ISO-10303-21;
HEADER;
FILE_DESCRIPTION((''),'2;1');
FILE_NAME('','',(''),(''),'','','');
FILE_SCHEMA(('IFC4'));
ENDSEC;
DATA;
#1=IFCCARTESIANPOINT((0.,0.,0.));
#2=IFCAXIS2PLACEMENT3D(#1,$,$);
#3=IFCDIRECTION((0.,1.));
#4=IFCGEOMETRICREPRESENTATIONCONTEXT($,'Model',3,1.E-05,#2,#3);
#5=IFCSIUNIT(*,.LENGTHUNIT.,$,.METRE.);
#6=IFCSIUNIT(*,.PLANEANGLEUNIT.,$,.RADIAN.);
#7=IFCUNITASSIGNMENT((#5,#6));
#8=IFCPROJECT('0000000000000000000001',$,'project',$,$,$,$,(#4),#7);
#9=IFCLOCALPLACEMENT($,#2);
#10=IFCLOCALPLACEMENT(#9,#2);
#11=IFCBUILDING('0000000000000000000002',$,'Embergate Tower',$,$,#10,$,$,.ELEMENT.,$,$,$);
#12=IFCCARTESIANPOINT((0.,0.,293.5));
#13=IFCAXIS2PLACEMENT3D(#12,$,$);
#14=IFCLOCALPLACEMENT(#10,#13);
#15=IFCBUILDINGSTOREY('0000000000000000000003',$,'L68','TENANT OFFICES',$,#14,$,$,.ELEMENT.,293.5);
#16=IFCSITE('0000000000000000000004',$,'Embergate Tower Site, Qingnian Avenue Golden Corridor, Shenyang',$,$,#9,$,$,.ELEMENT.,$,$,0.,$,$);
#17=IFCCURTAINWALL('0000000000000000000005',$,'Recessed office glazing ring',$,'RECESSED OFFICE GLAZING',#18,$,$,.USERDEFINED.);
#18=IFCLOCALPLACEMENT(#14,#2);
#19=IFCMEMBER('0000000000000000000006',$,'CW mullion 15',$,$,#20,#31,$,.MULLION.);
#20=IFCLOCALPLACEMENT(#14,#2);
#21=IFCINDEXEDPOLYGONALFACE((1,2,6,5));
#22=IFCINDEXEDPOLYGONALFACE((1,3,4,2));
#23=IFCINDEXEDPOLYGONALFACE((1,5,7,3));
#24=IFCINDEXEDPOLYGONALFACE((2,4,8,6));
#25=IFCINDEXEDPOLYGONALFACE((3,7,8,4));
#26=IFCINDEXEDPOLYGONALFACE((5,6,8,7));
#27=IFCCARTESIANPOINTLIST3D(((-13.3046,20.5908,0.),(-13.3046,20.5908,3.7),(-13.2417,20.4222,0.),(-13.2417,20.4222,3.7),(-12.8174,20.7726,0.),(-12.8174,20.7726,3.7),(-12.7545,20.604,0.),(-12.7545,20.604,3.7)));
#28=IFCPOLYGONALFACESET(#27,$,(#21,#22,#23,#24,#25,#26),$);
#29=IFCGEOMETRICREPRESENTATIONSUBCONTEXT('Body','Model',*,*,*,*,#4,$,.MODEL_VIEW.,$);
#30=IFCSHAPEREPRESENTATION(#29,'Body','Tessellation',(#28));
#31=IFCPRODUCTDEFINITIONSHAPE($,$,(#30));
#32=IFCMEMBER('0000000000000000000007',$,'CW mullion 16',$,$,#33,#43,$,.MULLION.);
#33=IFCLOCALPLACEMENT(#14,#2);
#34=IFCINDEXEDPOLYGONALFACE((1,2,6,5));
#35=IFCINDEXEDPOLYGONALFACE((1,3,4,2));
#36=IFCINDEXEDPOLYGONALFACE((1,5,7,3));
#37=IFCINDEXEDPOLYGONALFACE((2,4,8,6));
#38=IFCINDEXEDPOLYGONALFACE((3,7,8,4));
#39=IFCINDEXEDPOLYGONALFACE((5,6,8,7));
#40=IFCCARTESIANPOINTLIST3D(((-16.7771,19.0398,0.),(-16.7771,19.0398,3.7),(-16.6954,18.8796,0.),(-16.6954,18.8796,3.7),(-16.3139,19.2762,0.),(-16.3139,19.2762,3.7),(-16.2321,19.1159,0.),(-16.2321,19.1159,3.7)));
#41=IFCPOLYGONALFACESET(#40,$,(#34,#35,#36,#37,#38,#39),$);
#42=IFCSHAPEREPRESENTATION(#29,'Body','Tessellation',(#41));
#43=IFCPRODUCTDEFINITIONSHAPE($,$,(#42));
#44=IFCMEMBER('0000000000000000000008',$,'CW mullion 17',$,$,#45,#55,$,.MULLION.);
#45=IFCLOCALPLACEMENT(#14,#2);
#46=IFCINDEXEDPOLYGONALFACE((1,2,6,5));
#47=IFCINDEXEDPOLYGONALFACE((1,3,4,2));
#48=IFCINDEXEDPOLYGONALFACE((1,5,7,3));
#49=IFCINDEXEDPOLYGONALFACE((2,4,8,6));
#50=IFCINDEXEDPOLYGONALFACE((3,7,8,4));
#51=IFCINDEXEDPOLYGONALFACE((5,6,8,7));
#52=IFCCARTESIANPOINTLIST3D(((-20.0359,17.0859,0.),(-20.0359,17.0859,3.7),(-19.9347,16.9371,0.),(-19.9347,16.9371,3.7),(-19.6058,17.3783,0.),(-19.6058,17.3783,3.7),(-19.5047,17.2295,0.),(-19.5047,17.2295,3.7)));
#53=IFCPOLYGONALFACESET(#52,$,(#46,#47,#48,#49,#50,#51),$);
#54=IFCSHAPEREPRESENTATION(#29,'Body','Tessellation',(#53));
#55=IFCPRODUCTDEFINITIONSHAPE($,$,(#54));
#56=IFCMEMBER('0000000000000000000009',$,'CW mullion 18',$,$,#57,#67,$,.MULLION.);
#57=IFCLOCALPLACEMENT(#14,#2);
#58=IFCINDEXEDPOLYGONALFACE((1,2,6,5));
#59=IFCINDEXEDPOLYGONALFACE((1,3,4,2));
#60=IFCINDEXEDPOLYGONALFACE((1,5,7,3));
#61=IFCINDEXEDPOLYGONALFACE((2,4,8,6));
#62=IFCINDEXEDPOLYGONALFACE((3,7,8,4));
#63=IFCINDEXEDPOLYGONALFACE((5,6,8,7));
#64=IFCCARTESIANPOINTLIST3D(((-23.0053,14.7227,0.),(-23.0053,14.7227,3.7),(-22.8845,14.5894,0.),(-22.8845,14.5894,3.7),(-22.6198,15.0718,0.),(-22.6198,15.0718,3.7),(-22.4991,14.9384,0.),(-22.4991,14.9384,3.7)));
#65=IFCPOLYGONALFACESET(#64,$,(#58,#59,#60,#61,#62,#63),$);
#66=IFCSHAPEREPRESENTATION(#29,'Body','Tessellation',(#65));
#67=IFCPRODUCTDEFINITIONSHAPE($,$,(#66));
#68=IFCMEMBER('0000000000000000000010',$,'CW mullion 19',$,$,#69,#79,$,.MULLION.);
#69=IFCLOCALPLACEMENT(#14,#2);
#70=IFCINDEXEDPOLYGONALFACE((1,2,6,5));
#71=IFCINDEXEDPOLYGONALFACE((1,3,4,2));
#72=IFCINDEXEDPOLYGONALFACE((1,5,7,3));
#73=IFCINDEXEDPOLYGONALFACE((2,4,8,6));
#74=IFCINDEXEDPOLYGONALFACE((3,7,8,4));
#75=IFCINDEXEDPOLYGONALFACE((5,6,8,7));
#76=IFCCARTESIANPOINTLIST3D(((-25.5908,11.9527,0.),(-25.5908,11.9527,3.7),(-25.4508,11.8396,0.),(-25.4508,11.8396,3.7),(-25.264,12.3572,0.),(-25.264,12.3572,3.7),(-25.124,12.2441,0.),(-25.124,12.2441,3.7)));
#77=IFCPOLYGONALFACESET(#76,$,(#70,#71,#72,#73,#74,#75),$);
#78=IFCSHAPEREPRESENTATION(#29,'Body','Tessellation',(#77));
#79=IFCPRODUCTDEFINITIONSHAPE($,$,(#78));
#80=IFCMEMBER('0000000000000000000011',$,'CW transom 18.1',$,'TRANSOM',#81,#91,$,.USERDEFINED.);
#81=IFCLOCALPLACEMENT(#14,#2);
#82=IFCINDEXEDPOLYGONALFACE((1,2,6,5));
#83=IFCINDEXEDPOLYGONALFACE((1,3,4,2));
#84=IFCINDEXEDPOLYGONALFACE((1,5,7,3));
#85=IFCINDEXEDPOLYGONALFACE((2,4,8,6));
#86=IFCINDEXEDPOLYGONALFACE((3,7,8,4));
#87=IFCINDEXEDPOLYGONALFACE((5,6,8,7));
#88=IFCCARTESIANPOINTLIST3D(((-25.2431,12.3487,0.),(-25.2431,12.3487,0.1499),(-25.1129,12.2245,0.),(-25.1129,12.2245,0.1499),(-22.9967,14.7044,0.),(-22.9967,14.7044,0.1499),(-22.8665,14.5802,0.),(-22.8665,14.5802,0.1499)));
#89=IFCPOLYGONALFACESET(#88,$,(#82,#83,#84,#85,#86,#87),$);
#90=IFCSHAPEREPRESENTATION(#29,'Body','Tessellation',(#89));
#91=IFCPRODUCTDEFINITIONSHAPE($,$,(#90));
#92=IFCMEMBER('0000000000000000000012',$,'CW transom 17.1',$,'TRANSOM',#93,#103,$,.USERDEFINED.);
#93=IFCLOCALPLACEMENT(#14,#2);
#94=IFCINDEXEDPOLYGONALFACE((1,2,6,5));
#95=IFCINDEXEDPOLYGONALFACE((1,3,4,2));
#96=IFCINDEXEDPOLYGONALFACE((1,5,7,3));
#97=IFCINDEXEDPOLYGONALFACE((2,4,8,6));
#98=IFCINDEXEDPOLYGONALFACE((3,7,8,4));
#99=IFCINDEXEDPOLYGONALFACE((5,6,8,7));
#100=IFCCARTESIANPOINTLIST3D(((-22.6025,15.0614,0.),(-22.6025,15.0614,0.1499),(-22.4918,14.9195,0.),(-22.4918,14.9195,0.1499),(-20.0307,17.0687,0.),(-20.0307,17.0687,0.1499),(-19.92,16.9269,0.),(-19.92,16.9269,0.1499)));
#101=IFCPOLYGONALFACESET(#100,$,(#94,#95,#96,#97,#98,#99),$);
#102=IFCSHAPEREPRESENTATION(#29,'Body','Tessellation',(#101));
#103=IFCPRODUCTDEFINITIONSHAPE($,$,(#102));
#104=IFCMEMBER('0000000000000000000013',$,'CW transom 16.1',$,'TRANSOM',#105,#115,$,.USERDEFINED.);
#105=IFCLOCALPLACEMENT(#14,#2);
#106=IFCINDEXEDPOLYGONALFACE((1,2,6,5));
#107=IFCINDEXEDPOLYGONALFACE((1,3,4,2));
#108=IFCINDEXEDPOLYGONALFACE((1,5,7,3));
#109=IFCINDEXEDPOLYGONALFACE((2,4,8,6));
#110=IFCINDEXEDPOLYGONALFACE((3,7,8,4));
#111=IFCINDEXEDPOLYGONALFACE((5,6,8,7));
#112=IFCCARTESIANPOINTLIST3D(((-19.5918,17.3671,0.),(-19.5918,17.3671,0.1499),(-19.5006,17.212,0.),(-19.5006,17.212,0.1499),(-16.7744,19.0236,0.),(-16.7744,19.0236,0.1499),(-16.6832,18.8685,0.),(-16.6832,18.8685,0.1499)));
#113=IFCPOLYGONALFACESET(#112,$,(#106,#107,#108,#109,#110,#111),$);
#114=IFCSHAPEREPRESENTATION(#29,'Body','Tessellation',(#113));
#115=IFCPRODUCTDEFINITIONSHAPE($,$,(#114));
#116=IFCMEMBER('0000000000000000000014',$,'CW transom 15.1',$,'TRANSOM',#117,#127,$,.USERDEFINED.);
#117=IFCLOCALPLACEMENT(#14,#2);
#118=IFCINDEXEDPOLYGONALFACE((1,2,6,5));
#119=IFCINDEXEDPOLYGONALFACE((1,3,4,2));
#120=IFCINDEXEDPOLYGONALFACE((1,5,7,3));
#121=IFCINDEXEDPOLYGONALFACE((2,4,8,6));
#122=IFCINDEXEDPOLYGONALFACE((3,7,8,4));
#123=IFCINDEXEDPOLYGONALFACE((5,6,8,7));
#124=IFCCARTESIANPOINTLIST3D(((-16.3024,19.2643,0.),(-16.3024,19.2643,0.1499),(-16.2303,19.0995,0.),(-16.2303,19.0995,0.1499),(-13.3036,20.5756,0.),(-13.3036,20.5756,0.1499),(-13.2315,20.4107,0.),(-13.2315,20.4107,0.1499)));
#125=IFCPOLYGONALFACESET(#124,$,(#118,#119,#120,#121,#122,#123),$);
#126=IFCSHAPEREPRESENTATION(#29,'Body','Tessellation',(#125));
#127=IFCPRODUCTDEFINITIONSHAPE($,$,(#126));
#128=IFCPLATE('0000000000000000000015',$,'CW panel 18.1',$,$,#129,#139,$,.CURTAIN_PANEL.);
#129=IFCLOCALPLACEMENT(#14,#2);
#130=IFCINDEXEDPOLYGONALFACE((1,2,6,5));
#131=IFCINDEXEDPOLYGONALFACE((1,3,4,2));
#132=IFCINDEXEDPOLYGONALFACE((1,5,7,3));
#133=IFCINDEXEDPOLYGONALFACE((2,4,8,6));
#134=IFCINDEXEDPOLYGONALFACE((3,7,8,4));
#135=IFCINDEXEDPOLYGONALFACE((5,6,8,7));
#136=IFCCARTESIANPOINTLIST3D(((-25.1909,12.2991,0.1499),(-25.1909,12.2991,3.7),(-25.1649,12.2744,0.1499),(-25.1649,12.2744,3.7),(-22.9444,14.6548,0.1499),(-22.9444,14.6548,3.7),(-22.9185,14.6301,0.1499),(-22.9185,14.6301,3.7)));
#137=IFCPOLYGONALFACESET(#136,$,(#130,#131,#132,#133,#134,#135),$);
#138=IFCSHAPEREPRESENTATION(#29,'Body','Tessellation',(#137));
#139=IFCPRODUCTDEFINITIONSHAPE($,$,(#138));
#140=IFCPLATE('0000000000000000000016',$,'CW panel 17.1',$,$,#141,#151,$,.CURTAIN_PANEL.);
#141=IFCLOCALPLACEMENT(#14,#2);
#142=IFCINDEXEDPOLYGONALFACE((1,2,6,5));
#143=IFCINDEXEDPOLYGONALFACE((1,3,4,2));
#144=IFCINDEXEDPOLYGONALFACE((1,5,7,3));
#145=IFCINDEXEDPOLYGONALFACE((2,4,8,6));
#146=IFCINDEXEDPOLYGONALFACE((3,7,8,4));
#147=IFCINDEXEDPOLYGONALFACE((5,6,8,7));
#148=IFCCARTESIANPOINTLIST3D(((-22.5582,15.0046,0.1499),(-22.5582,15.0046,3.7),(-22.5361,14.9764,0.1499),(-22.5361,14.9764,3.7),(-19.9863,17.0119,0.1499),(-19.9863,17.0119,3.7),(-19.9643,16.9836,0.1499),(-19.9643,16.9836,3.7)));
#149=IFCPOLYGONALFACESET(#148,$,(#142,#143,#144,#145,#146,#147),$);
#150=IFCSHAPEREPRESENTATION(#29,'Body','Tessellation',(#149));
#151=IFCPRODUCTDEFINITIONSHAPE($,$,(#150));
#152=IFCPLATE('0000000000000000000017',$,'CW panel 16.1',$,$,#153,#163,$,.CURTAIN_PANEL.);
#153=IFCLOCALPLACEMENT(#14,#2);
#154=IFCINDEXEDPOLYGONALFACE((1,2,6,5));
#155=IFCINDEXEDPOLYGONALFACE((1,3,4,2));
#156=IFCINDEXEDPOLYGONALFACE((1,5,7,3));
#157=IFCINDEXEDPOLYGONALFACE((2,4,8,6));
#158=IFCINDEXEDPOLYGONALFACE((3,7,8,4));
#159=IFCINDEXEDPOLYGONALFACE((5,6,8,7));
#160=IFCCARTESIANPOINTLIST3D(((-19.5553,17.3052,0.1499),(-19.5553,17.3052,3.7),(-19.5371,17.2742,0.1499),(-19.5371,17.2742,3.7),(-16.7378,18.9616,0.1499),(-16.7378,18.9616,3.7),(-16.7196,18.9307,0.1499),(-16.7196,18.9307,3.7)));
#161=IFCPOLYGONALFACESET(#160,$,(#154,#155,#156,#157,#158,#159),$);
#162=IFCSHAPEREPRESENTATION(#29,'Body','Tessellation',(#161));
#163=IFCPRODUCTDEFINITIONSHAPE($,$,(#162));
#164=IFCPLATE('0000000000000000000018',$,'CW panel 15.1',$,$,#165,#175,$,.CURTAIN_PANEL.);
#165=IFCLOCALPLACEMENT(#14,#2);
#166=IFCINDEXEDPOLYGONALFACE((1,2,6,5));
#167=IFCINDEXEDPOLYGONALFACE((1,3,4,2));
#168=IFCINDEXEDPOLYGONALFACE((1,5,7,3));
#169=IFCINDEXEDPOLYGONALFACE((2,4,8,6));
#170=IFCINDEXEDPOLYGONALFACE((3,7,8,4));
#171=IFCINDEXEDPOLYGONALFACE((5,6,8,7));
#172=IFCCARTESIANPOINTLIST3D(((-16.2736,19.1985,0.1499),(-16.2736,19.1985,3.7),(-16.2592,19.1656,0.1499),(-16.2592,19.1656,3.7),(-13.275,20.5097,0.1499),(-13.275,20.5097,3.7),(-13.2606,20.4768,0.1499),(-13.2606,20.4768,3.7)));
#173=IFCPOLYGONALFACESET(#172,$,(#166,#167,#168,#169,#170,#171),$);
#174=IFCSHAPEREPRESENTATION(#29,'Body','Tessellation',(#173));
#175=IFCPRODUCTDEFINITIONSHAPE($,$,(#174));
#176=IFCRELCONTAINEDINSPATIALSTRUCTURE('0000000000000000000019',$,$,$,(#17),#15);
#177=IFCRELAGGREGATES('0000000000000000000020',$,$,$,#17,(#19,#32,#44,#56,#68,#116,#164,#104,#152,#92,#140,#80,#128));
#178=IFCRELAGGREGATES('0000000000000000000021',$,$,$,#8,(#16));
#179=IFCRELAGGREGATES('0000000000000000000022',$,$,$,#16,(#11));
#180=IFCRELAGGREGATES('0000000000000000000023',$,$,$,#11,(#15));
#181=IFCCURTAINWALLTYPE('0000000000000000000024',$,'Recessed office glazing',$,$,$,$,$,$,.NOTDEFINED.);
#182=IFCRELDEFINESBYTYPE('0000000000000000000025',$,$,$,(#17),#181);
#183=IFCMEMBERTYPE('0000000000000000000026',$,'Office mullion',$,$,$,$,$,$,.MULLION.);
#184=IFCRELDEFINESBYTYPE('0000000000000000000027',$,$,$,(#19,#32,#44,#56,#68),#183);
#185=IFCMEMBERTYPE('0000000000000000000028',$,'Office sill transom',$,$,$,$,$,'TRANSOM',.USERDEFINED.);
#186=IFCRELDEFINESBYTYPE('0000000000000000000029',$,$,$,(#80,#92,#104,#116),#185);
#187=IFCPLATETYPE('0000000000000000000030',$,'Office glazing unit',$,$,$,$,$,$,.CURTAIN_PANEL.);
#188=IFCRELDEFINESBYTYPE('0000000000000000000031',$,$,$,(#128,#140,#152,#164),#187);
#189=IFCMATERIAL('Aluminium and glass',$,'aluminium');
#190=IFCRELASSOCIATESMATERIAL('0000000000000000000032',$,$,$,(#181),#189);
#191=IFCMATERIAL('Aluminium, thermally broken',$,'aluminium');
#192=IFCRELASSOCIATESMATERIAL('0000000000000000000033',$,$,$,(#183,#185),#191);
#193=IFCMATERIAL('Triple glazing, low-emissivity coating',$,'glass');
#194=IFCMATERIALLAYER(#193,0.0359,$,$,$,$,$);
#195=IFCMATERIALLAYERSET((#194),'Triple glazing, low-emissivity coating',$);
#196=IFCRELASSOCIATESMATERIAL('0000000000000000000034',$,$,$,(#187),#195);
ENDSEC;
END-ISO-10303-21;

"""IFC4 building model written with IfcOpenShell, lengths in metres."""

from ifc_helpers import new_model, si_unit, direction, frame, origin, origin_2d, place, context, subcontext, project, spatial, rectangle, extrude, source, transform, mapped, material, layer, layer_set, material_profile, profile_set, type_object, element, aggregate, save


model = new_model("IFC4")

# Units and contexts
model_context = context("Model", 3, precision=1e-05, world=origin(), true_north=direction((0.0, 1.0)))
body_context = subcontext(model_context, "Body", "Model", "MODEL_VIEW")
ifc_project = project(units=[si_unit("LENGTHUNIT", "METRE"), si_unit("PLANEANGLEUNIT", "RADIAN")], contexts=[model_context])

# Site, building, storey
site_placement = place(None, origin())
site = spatial("IfcSite", under=ifc_project, at=site_placement, Name="Embergate Tower Site, Qingnian Avenue Golden Corridor, Shenyang", CompositionType="ELEMENT", RefElevation=0.0)
building_placement = place(site_placement, origin())
building = spatial("IfcBuilding", under=site, at=building_placement, Name="Embergate Tower", CompositionType="ELEMENT")
storey_placement = place(building_placement, frame((0.0, 0.0, 293.5)))
storey = spatial("IfcBuildingStorey", under=building, at=storey_placement, Name="L68", Description="TENANT OFFICES", CompositionType="ELEMENT", Elevation=293.5)

# Curtain wall, members, plates
ifc_material_1 = material(Name="Aluminium and glass", Category="aluminium")
curtain_wall_type = type_object("IfcCurtainWallType", Name="Recessed office glazing", PredefinedType="NOTDEFINED", material=ifc_material_1)
curtain_wall_placement = place(storey_placement, origin())
curtain_wall = element("IfcCurtainWall", 1, at=curtain_wall_placement, inside=storey, type_object=curtain_wall_type, Name="Recessed office glazing ring", ObjectType="RECESSED OFFICE GLAZING", PredefinedType="USERDEFINED")
ifc_material_2 = material(Name="Aluminium, thermally broken", Category="aluminium")
ifc_material_profile_1 = material_profile(ifc_material_2, rectangle(XDim=0.1799, YDim=0.52, at=origin_2d()), Name="AL 520x180")
ifc_profile_set_1 = profile_set([ifc_material_profile_1], Name="Aluminium, thermally broken")
member_type_1 = type_object("IfcMemberType", Name="Office mullion", PredefinedType="MULLION", material=ifc_profile_set_1)
shared_shape_1 = source(origin(), body_context, "Body", "SweptSolid", [
    extrude(rectangle(XDim=0.1799, YDim=0.52, at=origin_2d()), origin(), (0.0, 0.0, 1.0), 3.7),
])
member_1_placement = place(storey_placement, frame((-13.0295, 20.5974, 0.0), z_axis=(0.0, 0.0, 1.0), x_axis=(0.349501, -0.936936, 0.0)))
member_1 = element("IfcMember", 2, at=member_1_placement, type_object=member_type_1, Name="CW mullion 15", PredefinedType="MULLION", context=body_context, shape_type="MappedRepresentation", body=[
    mapped(shared_shape_1, transform((0.0, 0.0, 0.0))),
])
member_2_placement = place(storey_placement, frame((-16.5046, 19.0779, 0.0), z_axis=(0.0, 0.0, 1.0), x_axis=(0.454508, -0.890743, 0.0)))
member_2 = element("IfcMember", 3, at=member_2_placement, type_object=member_type_1, Name="CW mullion 16", PredefinedType="MULLION", context=body_context, shape_type="MappedRepresentation", body=[
    mapped(shared_shape_1, transform((0.0, 0.0, 0.0))),
])
member_3_placement = place(storey_placement, frame((-19.7703, 17.1577, 0.0), z_axis=(0.0, 0.0, 1.0), x_axis=(0.562212, -0.826993, 0.0)))
member_3 = element("IfcMember", 4, at=member_3_placement, type_object=member_type_1, Name="CW mullion 17", PredefinedType="MULLION", context=body_context, shape_type="MappedRepresentation", body=[
    mapped(shared_shape_1, transform((0.0, 0.0, 0.0))),
])
member_4_placement = place(storey_placement, frame((-22.7522, 14.8306, 0.0), z_axis=(0.0, 0.0, 1.0), x_axis=(0.67122, -0.741258, 0.0)))
member_4 = element("IfcMember", 5, at=member_4_placement, type_object=member_type_1, Name="CW mullion 18", PredefinedType="MULLION", context=body_context, shape_type="MappedRepresentation", body=[
    mapped(shared_shape_1, transform((0.0, 0.0, 0.0))),
])
member_5_placement = place(storey_placement, frame((-25.3574, 12.0984, 0.0), z_axis=(0.0, 0.0, 1.0), x_axis=(0.777864, -0.628433, 0.0)))
member_5 = element("IfcMember", 6, at=member_5_placement, type_object=member_type_1, Name="CW mullion 19", PredefinedType="MULLION", context=body_context, shape_type="MappedRepresentation", body=[
    mapped(shared_shape_1, transform((0.0, 0.0, 0.0))),
])
ifc_material_profile_2 = material_profile(ifc_material_2, rectangle(XDim=0.1799, YDim=0.1499, at=origin_2d()), Name="AL 150x180")
ifc_profile_set_2 = profile_set([ifc_material_profile_2], Name="Aluminium, thermally broken")
member_type_2 = type_object("IfcMemberType", Name="Office sill transom", ElementType="TRANSOM", PredefinedType="USERDEFINED", material=ifc_profile_set_2)
shared_shape_2 = source(origin(), body_context, "Body", "SweptSolid", [
    extrude(rectangle(XDim=0.1799, YDim=0.1499, at=origin_2d()), origin(), (0.0, 0.0, 1.0), 3.2551),
])
member_6_placement = place(storey_placement, frame((-22.9316, 14.6423, 0.075), z_axis=(-0.690106, -0.723708, 0.0), x_axis=(0.723708, -0.690106, 0.0)))
member_6 = element("IfcMember", 7, at=member_6_placement, type_object=member_type_2, Name="CW transom 18.1", ObjectType="TRANSOM", PredefinedType="USERDEFINED", context=body_context, shape_type="MappedRepresentation", body=[
    mapped(shared_shape_2, transform((0.0, 0.0, 0.0))),
])
shared_shape_3 = source(origin(), body_context, "Body", "SweptSolid", [
    extrude(rectangle(XDim=0.1799, YDim=0.1499, at=origin_2d()), origin(), (0.0, 0.0, 1.0), 3.2625),
])
member_7_placement = place(storey_placement, frame((-19.9753, 16.9978, 0.075), z_axis=(-0.788303, -0.615287, 0.0), x_axis=(0.615287, -0.788303, 0.0)))
member_7 = element("IfcMember", 8, at=member_7_placement, type_object=member_type_2, Name="CW transom 17.1", ObjectType="TRANSOM", PredefinedType="USERDEFINED", context=body_context, shape_type="MappedRepresentation", body=[
    mapped(shared_shape_3, transform((0.0, 0.0, 0.0))),
])
shared_shape_4 = source(origin(), body_context, "Body", "SweptSolid", [
    extrude(rectangle(XDim=0.1799, YDim=0.1499, at=origin_2d()), origin(), (0.0, 0.0, 1.0), 3.2683),
])
member_8_placement = place(storey_placement, frame((-16.7288, 18.946, 0.075), z_axis=(-0.86204, -0.506841, 0.0), x_axis=(0.506841, -0.86204, 0.0)))
member_8 = element("IfcMember", 9, at=member_8_placement, type_object=member_type_2, Name="CW transom 16.1", ObjectType="TRANSOM", PredefinedType="USERDEFINED", context=body_context, shape_type="MappedRepresentation", body=[
    mapped(shared_shape_4, transform((0.0, 0.0, 0.0))),
])
shared_shape_5 = source(origin(), body_context, "Body", "SweptSolid", [
    extrude(rectangle(XDim=0.1799, YDim=0.1499, at=origin_2d()), origin(), (0.0, 0.0, 1.0), 3.2729),
])
member_9_placement = place(storey_placement, frame((-13.2676, 20.4932, 0.075), z_axis=(-0.916234, -0.400643, 0.0), x_axis=(0.400643, -0.916234, 0.0)))
member_9 = element("IfcMember", 10, at=member_9_placement, type_object=member_type_2, Name="CW transom 15.1", ObjectType="TRANSOM", PredefinedType="USERDEFINED", context=body_context, shape_type="MappedRepresentation", body=[
    mapped(shared_shape_5, transform((0.0, 0.0, 0.0))),
])
ifc_material_3 = material(Name="Triple glazing, low-emissivity coating", Category="glass")
ifc_layer_1 = layer(ifc_material_3, 0.0359)
ifc_layer_set_1 = layer_set([ifc_layer_1], Name="Triple glazing, low-emissivity coating")
plate_type = type_object("IfcPlateType", Name="Office glazing unit", PredefinedType="CURTAIN_PANEL", material=ifc_layer_set_1)
shared_shape_6 = source(origin(), body_context, "Body", "SweptSolid", [
    extrude(rectangle(XDim=3.2551, YDim=0.0359, at=origin_2d()), origin(), (0.0, 0.0, 1.0), 3.55),
])
plate_1_placement = place(storey_placement, frame((-24.0547, 13.4646, 0.1499), z_axis=(0.0, 0.0, 1.0), x_axis=(-0.690134, -0.723682, 0.0)))
plate_1 = element("IfcPlate", 11, at=plate_1_placement, type_object=plate_type, Name="CW panel 18.1", PredefinedType="CURTAIN_PANEL", context=body_context, shape_type="MappedRepresentation", body=[
    mapped(shared_shape_6, transform((0.0, 0.0, 0.0))),
])
shared_shape_7 = source(origin(), body_context, "Body", "SweptSolid", [
    extrude(rectangle(XDim=3.2625, YDim=0.0359, at=origin_2d()), origin(), (0.0, 0.0, 1.0), 3.55),
])
plate_2_placement = place(storey_placement, frame((-21.2612, 15.9941, 0.1499), z_axis=(0.0, 0.0, 1.0), x_axis=(-0.788318, -0.615268, 0.0)))
plate_2 = element("IfcPlate", 12, at=plate_2_placement, type_object=plate_type, Name="CW panel 17.1", PredefinedType="CURTAIN_PANEL", context=body_context, shape_type="MappedRepresentation", body=[
    mapped(shared_shape_7, transform((0.0, 0.0, 0.0))),
])
shared_shape_8 = source(origin(), body_context, "Body", "SweptSolid", [
    extrude(rectangle(XDim=3.2683, YDim=0.0359, at=origin_2d()), origin(), (0.0, 0.0, 1.0), 3.55),
])
plate_3_placement = place(storey_placement, frame((-18.1375, 18.1179, 0.1499), z_axis=(0.0, 0.0, 1.0), x_axis=(-0.862051, -0.506821, 0.0)))
plate_3 = element("IfcPlate", 13, at=plate_3_placement, type_object=plate_type, Name="CW panel 16.1", PredefinedType="CURTAIN_PANEL", context=body_context, shape_type="MappedRepresentation", body=[
    mapped(shared_shape_8, transform((0.0, 0.0, 0.0))),
])
shared_shape_9 = source(origin(), body_context, "Body", "SweptSolid", [
    extrude(rectangle(XDim=3.2727, YDim=0.0359, at=origin_2d()), origin(), (0.0, 0.0, 1.0), 3.55),
])
plate_4_placement = place(storey_placement, frame((-14.7671, 19.8376, 0.1499), z_axis=(0.0, 0.0, 1.0), x_axis=(-0.916235, -0.400642, 0.0)))
plate_4 = element("IfcPlate", 14, at=plate_4_placement, type_object=plate_type, Name="CW panel 15.1", PredefinedType="CURTAIN_PANEL", context=body_context, shape_type="MappedRepresentation", body=[
    mapped(shared_shape_9, transform((0.0, 0.0, 0.0))),
])
aggregate(curtain_wall, [member_1, member_2, member_3, member_4, member_5, member_9, plate_4, member_8, plate_3, member_7, plate_2, member_6, plate_1])

save(model, "model.ifc")
